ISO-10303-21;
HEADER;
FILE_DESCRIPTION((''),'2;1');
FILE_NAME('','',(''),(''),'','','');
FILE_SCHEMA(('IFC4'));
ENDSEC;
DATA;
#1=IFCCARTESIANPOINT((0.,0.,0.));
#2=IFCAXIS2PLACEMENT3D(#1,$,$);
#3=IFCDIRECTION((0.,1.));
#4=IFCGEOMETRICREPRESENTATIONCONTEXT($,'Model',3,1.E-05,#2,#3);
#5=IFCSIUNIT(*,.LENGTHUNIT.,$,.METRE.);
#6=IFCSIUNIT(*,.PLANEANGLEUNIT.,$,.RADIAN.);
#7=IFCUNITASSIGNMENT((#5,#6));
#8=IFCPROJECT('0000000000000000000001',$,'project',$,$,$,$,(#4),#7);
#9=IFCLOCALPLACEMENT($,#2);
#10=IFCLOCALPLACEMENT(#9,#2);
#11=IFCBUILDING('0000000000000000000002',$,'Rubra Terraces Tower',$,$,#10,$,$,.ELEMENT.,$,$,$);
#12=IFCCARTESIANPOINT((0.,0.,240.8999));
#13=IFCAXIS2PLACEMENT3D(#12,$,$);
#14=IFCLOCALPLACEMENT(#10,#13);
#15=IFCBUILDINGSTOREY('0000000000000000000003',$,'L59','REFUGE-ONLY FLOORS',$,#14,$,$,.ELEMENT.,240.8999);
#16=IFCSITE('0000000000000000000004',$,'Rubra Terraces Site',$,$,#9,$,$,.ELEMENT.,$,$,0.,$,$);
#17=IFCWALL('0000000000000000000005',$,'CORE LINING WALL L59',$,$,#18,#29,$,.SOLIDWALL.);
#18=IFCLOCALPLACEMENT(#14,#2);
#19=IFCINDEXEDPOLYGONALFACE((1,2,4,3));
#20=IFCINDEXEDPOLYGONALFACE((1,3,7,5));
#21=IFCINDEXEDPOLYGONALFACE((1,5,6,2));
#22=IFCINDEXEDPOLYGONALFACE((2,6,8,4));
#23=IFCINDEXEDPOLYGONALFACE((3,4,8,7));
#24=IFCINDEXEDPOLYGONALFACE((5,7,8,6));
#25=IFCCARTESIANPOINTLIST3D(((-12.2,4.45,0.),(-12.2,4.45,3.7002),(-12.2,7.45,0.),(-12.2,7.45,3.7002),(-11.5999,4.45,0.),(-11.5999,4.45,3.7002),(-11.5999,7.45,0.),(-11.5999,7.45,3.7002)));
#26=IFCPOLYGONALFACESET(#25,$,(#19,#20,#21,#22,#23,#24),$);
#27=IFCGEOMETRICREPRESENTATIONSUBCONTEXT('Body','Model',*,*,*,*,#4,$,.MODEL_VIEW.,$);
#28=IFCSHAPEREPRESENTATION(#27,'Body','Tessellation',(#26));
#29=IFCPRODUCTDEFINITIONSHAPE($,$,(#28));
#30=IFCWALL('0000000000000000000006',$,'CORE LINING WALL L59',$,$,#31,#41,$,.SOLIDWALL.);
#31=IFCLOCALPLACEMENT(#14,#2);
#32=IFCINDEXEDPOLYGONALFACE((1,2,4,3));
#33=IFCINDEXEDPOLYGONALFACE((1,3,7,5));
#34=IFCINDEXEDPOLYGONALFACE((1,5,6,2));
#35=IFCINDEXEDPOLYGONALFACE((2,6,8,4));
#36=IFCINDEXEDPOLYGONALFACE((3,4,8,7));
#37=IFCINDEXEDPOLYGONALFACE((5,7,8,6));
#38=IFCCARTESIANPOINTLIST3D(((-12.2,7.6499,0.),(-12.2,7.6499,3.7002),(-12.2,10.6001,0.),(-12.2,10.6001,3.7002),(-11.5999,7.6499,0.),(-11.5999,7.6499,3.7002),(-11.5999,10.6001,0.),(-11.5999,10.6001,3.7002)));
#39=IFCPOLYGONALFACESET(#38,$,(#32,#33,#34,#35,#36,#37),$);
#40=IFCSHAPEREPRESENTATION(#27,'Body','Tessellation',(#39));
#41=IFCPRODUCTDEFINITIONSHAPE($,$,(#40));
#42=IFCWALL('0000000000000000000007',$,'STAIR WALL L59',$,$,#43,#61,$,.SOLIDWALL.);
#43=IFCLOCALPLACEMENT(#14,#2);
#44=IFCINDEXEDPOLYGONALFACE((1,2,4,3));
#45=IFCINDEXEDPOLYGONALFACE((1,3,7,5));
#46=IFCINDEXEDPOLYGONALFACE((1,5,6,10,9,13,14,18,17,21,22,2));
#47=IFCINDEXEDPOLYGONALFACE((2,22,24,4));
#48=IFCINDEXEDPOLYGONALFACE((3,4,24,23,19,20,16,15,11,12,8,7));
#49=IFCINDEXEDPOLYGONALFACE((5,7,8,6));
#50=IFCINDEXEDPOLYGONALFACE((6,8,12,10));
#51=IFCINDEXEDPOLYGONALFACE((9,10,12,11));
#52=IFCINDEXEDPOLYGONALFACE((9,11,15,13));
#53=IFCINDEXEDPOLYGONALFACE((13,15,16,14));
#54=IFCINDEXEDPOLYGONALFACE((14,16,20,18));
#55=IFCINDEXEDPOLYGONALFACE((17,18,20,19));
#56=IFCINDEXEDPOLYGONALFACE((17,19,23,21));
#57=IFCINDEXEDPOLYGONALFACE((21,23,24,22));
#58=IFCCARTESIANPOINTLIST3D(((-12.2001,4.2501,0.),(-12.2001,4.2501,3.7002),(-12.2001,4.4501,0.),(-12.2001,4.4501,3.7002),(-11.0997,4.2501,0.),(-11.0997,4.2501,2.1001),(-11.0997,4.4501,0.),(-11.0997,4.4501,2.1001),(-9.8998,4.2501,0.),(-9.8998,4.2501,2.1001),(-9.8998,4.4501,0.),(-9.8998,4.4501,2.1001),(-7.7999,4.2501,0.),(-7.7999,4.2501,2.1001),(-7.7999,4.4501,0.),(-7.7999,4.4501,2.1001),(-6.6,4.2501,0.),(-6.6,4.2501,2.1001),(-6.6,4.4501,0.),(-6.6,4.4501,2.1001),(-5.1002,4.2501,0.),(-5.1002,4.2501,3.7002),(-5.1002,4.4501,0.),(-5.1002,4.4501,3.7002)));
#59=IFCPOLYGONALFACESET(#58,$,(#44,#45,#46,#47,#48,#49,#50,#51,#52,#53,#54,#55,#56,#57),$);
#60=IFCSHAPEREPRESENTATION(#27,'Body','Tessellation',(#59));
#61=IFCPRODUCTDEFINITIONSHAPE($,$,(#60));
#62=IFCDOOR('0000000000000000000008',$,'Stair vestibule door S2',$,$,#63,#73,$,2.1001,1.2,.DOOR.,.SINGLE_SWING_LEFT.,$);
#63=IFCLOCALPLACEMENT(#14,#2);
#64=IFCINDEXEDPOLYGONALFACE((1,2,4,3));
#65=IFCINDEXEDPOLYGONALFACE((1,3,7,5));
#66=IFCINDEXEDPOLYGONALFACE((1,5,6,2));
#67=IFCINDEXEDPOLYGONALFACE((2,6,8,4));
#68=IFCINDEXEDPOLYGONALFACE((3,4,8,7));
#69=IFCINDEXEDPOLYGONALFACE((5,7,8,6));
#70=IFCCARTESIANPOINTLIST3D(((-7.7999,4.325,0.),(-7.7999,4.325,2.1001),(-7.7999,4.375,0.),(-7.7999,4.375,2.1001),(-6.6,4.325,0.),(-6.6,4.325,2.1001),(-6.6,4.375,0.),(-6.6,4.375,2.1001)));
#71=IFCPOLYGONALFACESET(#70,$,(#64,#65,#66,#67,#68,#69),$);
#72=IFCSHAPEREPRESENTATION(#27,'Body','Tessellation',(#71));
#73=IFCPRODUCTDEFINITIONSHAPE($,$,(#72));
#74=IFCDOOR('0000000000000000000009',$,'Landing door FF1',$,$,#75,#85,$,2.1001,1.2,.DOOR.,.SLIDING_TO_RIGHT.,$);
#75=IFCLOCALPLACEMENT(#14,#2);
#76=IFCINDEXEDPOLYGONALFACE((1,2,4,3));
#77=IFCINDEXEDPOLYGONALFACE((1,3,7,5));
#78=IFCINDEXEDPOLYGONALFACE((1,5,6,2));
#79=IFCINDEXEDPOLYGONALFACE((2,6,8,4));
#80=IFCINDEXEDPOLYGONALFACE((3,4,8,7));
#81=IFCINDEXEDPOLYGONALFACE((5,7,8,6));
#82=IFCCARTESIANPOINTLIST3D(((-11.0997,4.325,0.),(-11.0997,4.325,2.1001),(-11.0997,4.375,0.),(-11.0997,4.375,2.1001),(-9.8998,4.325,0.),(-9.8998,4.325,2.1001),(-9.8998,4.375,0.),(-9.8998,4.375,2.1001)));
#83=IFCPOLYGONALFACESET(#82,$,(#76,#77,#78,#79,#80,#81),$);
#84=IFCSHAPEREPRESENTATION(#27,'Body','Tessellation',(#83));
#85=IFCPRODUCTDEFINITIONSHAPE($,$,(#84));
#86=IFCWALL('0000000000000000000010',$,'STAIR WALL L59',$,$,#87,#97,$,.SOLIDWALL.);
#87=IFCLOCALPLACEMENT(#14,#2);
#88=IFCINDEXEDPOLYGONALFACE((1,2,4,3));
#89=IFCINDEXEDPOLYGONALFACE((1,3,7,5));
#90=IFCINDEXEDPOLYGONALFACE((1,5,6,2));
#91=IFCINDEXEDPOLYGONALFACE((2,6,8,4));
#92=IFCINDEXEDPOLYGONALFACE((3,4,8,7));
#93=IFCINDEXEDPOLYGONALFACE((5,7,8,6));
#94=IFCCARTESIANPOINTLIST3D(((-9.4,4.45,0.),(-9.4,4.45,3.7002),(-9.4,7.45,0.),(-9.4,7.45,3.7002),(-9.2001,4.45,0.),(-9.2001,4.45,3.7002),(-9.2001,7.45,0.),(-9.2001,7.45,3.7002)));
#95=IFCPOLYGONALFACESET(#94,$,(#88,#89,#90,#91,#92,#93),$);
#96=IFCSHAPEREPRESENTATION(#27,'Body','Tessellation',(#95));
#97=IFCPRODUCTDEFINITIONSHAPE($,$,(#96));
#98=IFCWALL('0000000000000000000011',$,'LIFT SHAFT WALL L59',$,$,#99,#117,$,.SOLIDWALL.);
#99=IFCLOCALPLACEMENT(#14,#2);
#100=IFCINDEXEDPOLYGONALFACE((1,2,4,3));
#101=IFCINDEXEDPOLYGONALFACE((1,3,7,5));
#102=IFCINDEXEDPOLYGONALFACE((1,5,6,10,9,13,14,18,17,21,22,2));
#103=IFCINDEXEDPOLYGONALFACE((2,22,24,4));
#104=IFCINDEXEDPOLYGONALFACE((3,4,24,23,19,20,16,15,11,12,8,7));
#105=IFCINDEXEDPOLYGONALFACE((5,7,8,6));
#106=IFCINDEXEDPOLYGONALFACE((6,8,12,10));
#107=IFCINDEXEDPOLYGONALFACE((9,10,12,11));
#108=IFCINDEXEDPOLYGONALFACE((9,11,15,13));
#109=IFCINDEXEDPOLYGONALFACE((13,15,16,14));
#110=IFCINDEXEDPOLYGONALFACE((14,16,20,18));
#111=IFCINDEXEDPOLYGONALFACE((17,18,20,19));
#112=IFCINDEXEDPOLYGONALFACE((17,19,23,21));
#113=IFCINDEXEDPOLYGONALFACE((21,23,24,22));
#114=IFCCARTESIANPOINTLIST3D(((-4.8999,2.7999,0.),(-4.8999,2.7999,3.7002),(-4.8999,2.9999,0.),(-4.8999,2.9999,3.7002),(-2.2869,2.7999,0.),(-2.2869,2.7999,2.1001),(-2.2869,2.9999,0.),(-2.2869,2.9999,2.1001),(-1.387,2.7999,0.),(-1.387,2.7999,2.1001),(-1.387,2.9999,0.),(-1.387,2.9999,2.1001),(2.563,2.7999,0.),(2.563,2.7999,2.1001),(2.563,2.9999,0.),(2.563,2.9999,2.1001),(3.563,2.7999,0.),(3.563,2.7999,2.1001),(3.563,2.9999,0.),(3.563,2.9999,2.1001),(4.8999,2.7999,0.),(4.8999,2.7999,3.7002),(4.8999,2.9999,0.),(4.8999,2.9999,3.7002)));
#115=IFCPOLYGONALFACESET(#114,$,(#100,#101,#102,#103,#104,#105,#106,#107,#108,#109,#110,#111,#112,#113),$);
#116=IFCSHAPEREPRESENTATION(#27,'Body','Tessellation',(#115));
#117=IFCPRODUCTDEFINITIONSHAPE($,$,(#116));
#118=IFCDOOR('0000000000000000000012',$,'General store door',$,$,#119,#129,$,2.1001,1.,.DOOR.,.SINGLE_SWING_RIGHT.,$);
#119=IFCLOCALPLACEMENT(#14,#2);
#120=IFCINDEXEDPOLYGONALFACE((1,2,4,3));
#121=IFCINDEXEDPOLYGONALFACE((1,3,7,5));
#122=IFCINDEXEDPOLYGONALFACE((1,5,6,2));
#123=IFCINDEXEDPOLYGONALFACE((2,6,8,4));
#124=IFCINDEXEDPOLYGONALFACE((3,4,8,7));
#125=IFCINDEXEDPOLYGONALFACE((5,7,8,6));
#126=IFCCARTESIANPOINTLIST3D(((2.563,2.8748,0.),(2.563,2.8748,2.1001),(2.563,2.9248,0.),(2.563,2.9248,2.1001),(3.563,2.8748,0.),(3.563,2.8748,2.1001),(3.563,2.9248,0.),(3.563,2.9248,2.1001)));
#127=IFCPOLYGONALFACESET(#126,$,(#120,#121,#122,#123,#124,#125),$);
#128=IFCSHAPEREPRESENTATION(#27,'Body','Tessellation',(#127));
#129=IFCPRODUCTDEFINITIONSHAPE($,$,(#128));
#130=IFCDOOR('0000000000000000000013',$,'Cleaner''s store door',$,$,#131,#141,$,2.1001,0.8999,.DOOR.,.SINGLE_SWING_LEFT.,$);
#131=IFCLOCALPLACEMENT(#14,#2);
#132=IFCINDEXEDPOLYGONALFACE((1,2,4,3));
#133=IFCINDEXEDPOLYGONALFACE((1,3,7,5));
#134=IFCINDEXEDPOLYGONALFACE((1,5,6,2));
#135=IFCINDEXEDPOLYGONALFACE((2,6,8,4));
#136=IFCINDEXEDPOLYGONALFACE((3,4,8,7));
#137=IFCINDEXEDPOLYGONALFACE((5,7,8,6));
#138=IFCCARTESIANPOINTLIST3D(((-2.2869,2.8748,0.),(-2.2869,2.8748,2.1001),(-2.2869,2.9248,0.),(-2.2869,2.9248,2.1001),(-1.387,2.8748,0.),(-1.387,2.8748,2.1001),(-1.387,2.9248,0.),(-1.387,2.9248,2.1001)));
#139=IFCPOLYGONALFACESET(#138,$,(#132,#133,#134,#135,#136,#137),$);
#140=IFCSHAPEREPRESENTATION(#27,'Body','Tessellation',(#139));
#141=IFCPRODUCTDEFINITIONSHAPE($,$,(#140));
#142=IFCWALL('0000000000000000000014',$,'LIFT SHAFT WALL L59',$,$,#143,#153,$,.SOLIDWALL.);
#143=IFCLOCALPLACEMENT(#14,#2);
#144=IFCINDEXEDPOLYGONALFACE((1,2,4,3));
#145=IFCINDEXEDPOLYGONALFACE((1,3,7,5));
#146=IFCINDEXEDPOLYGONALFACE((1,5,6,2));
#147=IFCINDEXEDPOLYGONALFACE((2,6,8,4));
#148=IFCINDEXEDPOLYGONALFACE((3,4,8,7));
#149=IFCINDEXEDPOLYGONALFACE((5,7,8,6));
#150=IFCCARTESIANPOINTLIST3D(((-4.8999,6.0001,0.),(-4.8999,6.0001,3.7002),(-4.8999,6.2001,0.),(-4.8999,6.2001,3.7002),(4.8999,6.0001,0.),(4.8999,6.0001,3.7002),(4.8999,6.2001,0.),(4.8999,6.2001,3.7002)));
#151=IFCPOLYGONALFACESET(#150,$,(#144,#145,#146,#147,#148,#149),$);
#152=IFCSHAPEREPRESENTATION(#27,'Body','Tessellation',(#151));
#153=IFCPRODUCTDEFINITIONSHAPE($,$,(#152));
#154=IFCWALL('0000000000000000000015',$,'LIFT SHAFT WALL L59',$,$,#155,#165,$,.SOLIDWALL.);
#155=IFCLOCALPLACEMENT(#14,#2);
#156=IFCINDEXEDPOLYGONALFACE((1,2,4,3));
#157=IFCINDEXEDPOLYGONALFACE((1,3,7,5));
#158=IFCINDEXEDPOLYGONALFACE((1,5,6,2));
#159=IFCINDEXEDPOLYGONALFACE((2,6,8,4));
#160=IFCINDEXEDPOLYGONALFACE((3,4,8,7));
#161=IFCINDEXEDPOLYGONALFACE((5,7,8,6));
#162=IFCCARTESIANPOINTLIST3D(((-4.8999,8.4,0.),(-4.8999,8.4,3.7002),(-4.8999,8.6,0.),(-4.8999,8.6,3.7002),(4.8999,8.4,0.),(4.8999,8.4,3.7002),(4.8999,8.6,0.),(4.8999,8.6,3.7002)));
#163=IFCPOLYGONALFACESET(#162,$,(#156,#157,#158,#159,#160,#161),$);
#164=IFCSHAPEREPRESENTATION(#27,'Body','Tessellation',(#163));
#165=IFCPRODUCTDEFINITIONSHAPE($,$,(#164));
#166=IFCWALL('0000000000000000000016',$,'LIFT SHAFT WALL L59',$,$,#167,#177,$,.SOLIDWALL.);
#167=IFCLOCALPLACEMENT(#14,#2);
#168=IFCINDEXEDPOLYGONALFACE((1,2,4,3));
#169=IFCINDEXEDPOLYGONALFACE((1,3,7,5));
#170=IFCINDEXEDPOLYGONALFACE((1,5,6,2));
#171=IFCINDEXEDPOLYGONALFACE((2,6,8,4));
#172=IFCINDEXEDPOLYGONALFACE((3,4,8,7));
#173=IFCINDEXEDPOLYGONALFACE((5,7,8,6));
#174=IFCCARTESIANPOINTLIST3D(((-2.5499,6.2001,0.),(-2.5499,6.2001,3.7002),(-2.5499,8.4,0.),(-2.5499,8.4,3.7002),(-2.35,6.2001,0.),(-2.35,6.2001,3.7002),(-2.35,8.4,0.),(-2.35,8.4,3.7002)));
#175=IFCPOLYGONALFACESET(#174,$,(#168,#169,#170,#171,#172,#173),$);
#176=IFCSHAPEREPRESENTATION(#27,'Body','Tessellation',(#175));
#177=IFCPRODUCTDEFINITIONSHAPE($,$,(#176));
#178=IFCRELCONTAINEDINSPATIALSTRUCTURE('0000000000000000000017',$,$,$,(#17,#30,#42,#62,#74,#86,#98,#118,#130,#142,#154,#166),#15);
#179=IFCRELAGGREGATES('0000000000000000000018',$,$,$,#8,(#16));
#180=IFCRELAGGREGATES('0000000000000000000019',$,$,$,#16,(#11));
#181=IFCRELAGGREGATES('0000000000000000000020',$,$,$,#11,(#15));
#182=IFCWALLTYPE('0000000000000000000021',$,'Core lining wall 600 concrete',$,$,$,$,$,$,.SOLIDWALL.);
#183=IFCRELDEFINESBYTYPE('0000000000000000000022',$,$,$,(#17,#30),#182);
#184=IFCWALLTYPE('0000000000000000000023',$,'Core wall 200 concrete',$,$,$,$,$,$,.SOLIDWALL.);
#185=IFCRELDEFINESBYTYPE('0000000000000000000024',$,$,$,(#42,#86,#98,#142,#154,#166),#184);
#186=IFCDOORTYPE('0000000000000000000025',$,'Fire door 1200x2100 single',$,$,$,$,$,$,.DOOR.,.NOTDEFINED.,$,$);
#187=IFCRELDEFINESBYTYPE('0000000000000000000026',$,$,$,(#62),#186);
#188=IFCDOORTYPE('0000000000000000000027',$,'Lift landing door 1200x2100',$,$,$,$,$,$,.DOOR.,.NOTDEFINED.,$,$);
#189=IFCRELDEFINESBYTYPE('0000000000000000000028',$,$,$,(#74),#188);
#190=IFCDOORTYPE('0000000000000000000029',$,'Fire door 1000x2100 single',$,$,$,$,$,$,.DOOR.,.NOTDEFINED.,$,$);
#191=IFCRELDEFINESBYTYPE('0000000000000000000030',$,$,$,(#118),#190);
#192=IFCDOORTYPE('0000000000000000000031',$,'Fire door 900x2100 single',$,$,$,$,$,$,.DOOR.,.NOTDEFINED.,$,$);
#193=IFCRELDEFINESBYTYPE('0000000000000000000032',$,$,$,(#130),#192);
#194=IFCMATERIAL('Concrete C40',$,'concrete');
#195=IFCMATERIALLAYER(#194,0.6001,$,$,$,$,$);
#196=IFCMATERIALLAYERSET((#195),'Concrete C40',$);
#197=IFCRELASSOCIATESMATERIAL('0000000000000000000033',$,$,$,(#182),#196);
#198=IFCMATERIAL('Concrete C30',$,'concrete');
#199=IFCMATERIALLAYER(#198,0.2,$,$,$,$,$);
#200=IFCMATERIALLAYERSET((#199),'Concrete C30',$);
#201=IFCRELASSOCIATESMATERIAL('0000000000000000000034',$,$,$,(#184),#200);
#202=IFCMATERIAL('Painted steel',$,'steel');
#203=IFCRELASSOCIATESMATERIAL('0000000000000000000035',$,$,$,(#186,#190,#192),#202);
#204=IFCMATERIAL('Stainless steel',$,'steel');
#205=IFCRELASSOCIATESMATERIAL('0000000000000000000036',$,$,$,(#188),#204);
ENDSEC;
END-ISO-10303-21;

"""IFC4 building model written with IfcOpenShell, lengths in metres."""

from ifc_helpers import new_model, si_unit, direction, frame, frame_2d, origin, place, context, subcontext, project, spatial, rectangle, extrude, material, layer, layer_set, type_object, element, fill, save


model = new_model("IFC4")

# Units and contexts
model_context = context("Model", 3, precision=1e-05, world=origin(), true_north=direction((0.0, 1.0)))
body_context = subcontext(model_context, "Body", "Model", "MODEL_VIEW")
ifc_project = project(units=[si_unit("LENGTHUNIT", "METRE"), si_unit("PLANEANGLEUNIT", "RADIAN")], contexts=[model_context])

# Site, building, storey
site_placement = place(None, origin())
site = spatial("IfcSite", under=ifc_project, at=site_placement, Name="Rubra Terraces Site", CompositionType="ELEMENT", RefElevation=0.0)
building_placement = place(site_placement, origin())
building = spatial("IfcBuilding", under=site, at=building_placement, Name="Rubra Terraces Tower", CompositionType="ELEMENT")
storey_placement = place(building_placement, frame((0.0, 0.0, 240.8999)))
storey = spatial("IfcBuildingStorey", under=building, at=storey_placement, Name="L59", Description="REFUGE-ONLY FLOORS", CompositionType="ELEMENT", Elevation=240.8999)

# Walls
ifc_material_1 = material(Name="Concrete C40", Category="concrete")
ifc_layer_1 = layer(ifc_material_1, 0.6001)
ifc_layer_set_1 = layer_set([ifc_layer_1], Name="Concrete C40")
wall_type_1 = type_object("IfcWallType", Name="Core lining wall 600 concrete", PredefinedType="SOLIDWALL", material=ifc_layer_set_1)
wall_1_placement = place(storey_placement, frame((-11.8999, 4.45, 0.0), z_axis=(0.0, 0.0, 1.0), x_axis=(0.0, 1.0, 0.0)))
element("IfcWall", 1, at=wall_1_placement, inside=storey, type_object=wall_type_1, Name="CORE LINING WALL L59", PredefinedType="SOLIDWALL", context=body_context, shape_type="SweptSolid", body=[
    extrude(rectangle(XDim=3.0, YDim=0.6001, at=frame_2d((1.5, 0.0))), origin(), (0.0, 0.0, 1.0), 3.7002),
])
wall_2_placement = place(storey_placement, frame((-11.8999, 7.6499, 0.0), z_axis=(0.0, 0.0, 1.0), x_axis=(0.0, 1.0, 0.0)))
element("IfcWall", 2, at=wall_2_placement, inside=storey, type_object=wall_type_1, Name="CORE LINING WALL L59", PredefinedType="SOLIDWALL", context=body_context, shape_type="SweptSolid", body=[
    extrude(rectangle(XDim=2.9502, YDim=0.6001, at=frame_2d((1.4751, 0.0))), origin(), (0.0, 0.0, 1.0), 3.7002),
])

# Wall, openings, doors
ifc_material_2 = material(Name="Concrete C30", Category="concrete")
ifc_layer_2 = layer(ifc_material_2, 0.2)
ifc_layer_set_2 = layer_set([ifc_layer_2], Name="Concrete C30")
wall_type_2 = type_object("IfcWallType", Name="Core wall 200 concrete", PredefinedType="SOLIDWALL", material=ifc_layer_set_2)
wall_3_placement = place(storey_placement, frame((-12.2, 4.3501, 0.0), z_axis=(0.0, 0.0, 1.0), x_axis=(1.0, 0.0, 0.0)))
wall_3 = element("IfcWall", 3, at=wall_3_placement, inside=storey, type_object=wall_type_2, Name="STAIR WALL L59", PredefinedType="SOLIDWALL", context=body_context, shape_type="SweptSolid", body=[
    extrude(rectangle(XDim=7.0999, YDim=0.2, at=frame_2d((3.5498, 0.0))), origin(), (0.0, 0.0, 1.0), 3.7002),
])
opening_1_placement = place(wall_3_placement, frame((4.3999, 0.0, 0.0)))
opening_1 = element("IfcOpeningElement", 4, at=opening_1_placement, cuts=wall_3, PredefinedType="OPENING", context=body_context, shape_type="SweptSolid", body=[
    extrude(rectangle(XDim=1.2, YDim=2.1001, at=frame_2d((0.6001, 1.05))), frame((0.0, 0.1099, 0.0), z_axis=(0.0, -1.0, 0.0), x_axis=(1.0, 0.0, 0.0)), (0.0, 0.0, 1.0), 0.22),
])
opening_2_placement = place(wall_3_placement, frame((1.1001, 0.0, 0.0)))
opening_2 = element("IfcOpeningElement", 5, at=opening_2_placement, cuts=wall_3, PredefinedType="OPENING", context=body_context, shape_type="SweptSolid", body=[
    extrude(rectangle(XDim=1.2, YDim=2.1001, at=frame_2d((0.6001, 1.05))), frame((0.0, 0.1099, 0.0), z_axis=(0.0, -1.0, 0.0), x_axis=(1.0, 0.0, 0.0)), (0.0, 0.0, 1.0), 0.22),
])
ifc_material_3 = material(Name="Painted steel", Category="steel")
door_type_1 = type_object("IfcDoorType", Name="Fire door 1200x2100 single", OperationType="NOTDEFINED", PredefinedType="DOOR", material=ifc_material_3)
door_1_placement = place(opening_1_placement, origin())
door_1 = element("IfcDoor", 6, at=door_1_placement, inside=storey, type_object=door_type_1, Name="Stair vestibule door S2", OperationType="SINGLE_SWING_LEFT", OverallHeight=2.1001, OverallWidth=1.2, PredefinedType="DOOR", context=body_context, shape_type="SweptSolid", body=[
    extrude(rectangle(XDim=1.2, YDim=2.1001, at=frame_2d((0.6001, 1.05))), frame((0.0, 0.0249, 0.0), z_axis=(0.0, -1.0, 0.0), x_axis=(1.0, 0.0, 0.0)), (0.0, 0.0, 1.0), 0.05),
])
fill(opening_1, door_1)
ifc_material_4 = material(Name="Stainless steel", Category="steel")
door_type_2 = type_object("IfcDoorType", Name="Lift landing door 1200x2100", OperationType="NOTDEFINED", PredefinedType="DOOR", material=ifc_material_4)
door_2_placement = place(opening_2_placement, origin())
door_2 = element("IfcDoor", 7, at=door_2_placement, inside=storey, type_object=door_type_2, Name="Landing door FF1", OperationType="SLIDING_TO_RIGHT", OverallHeight=2.1001, OverallWidth=1.2, PredefinedType="DOOR", context=body_context, shape_type="SweptSolid", body=[
    extrude(rectangle(XDim=1.2, YDim=2.1001, at=frame_2d((0.6001, 1.05))), frame((0.0, 0.0249, 0.0), z_axis=(0.0, -1.0, 0.0), x_axis=(1.0, 0.0, 0.0)), (0.0, 0.0, 1.0), 0.05),
])
fill(opening_2, door_2)

# Wall
wall_4_placement = place(storey_placement, frame((-9.3, 4.45, 0.0), z_axis=(0.0, 0.0, 1.0), x_axis=(0.0, 1.0, 0.0)))
element("IfcWall", 8, at=wall_4_placement, inside=storey, type_object=wall_type_2, Name="STAIR WALL L59", PredefinedType="SOLIDWALL", context=body_context, shape_type="SweptSolid", body=[
    extrude(rectangle(XDim=3.0, YDim=0.2, at=frame_2d((1.5, 0.0))), origin(), (0.0, 0.0, 1.0), 3.7002),
])

# Wall, openings, doors
wall_5_placement = place(storey_placement, frame((-4.8999, 2.8999, 0.0), z_axis=(0.0, 0.0, 1.0), x_axis=(1.0, 0.0, 0.0)))
wall_5 = element("IfcWall", 9, at=wall_5_placement, inside=storey, type_object=wall_type_2, Name="LIFT SHAFT WALL L59", PredefinedType="SOLIDWALL", context=body_context, shape_type="SweptSolid", body=[
    extrude(rectangle(XDim=9.7998, YDim=0.2, at=frame_2d((4.8999, 0.0))), origin(), (0.0, 0.0, 1.0), 3.7002),
])
opening_3_placement = place(wall_5_placement, frame((2.613, 0.0, 0.0)))
opening_3 = element("IfcOpeningElement", 10, at=opening_3_placement, cuts=wall_5, PredefinedType="OPENING", context=body_context, shape_type="SweptSolid", body=[
    extrude(rectangle(XDim=0.8999, YDim=2.1001, at=frame_2d((0.45, 1.05))), frame((0.0, 0.1099, 0.0), z_axis=(0.0, -1.0, 0.0), x_axis=(1.0, 0.0, 0.0)), (0.0, 0.0, 1.0), 0.22),
])
opening_4_placement = place(wall_5_placement, frame((7.4629, 0.0, 0.0)))
opening_4 = element("IfcOpeningElement", 11, at=opening_4_placement, cuts=wall_5, PredefinedType="OPENING", context=body_context, shape_type="SweptSolid", body=[
    extrude(rectangle(XDim=1.0, YDim=2.1001, at=frame_2d((0.5, 1.05))), frame((0.0, 0.1099, 0.0), z_axis=(0.0, -1.0, 0.0), x_axis=(1.0, 0.0, 0.0)), (0.0, 0.0, 1.0), 0.22),
])
door_type_3 = type_object("IfcDoorType", Name="Fire door 1000x2100 single", OperationType="NOTDEFINED", PredefinedType="DOOR", material=ifc_material_3)
door_3_placement = place(opening_4_placement, origin())
door_3 = element("IfcDoor", 12, at=door_3_placement, inside=storey, type_object=door_type_3, Name="General store door", OperationType="SINGLE_SWING_RIGHT", OverallHeight=2.1001, OverallWidth=1.0, PredefinedType="DOOR", context=body_context, shape_type="SweptSolid", body=[
    extrude(rectangle(XDim=1.0, YDim=2.1001, at=frame_2d((0.5, 1.05))), frame((0.0, 0.0249, 0.0), z_axis=(0.0, -1.0, 0.0), x_axis=(1.0, 0.0, 0.0)), (0.0, 0.0, 1.0), 0.05),
])
fill(opening_4, door_3)
door_type_4 = type_object("IfcDoorType", Name="Fire door 900x2100 single", OperationType="NOTDEFINED", PredefinedType="DOOR", material=ifc_material_3)
door_4_placement = place(opening_3_placement, origin())
door_4 = element("IfcDoor", 13, at=door_4_placement, inside=storey, type_object=door_type_4, Name="Cleaner's store door", OperationType="SINGLE_SWING_LEFT", OverallHeight=2.1001, OverallWidth=0.8999, PredefinedType="DOOR", context=body_context, shape_type="SweptSolid", body=[
    extrude(rectangle(XDim=0.8999, YDim=2.1001, at=frame_2d((0.45, 1.05))), frame((0.0, 0.0249, 0.0), z_axis=(0.0, -1.0, 0.0), x_axis=(1.0, 0.0, 0.0)), (0.0, 0.0, 1.0), 0.05),
])
fill(opening_3, door_4)

# Walls
for number, where, z_axis, x_axis, name in (
    (14, (-4.8999, 6.1001, 0.0), (0.0, 0.0, 1.0), (1.0, 0.0, 0.0), "LIFT SHAFT WALL L59"),
    (15, (-4.8999, 8.5, 0.0), (0.0, 0.0, 1.0), (1.0, 0.0, 0.0), "LIFT SHAFT WALL L59"),
):
    element("IfcWall", number, at=place(storey_placement, frame(where, z_axis=z_axis, x_axis=x_axis)), inside=storey, type_object=wall_type_2, Name=name, PredefinedType="SOLIDWALL", context=body_context, shape_type="SweptSolid", body=[
        extrude(rectangle(XDim=9.7998, YDim=0.2, at=frame_2d((4.8999, 0.0))), origin(), (0.0, 0.0, 1.0), 3.7002),
    ])
wall_6_placement = place(storey_placement, frame((-2.45, 6.2, 0.0), z_axis=(0.0, 0.0, 1.0), x_axis=(0.0, 1.0, 0.0)))
element("IfcWall", 16, at=wall_6_placement, inside=storey, type_object=wall_type_2, Name="LIFT SHAFT WALL L59", PredefinedType="SOLIDWALL", context=body_context, shape_type="SweptSolid", body=[
    extrude(rectangle(XDim=2.2, YDim=0.2, at=frame_2d((1.1001, 0.0))), origin(), (0.0, 0.0, 1.0), 3.7002),
])

save(model, "model.ifc")
